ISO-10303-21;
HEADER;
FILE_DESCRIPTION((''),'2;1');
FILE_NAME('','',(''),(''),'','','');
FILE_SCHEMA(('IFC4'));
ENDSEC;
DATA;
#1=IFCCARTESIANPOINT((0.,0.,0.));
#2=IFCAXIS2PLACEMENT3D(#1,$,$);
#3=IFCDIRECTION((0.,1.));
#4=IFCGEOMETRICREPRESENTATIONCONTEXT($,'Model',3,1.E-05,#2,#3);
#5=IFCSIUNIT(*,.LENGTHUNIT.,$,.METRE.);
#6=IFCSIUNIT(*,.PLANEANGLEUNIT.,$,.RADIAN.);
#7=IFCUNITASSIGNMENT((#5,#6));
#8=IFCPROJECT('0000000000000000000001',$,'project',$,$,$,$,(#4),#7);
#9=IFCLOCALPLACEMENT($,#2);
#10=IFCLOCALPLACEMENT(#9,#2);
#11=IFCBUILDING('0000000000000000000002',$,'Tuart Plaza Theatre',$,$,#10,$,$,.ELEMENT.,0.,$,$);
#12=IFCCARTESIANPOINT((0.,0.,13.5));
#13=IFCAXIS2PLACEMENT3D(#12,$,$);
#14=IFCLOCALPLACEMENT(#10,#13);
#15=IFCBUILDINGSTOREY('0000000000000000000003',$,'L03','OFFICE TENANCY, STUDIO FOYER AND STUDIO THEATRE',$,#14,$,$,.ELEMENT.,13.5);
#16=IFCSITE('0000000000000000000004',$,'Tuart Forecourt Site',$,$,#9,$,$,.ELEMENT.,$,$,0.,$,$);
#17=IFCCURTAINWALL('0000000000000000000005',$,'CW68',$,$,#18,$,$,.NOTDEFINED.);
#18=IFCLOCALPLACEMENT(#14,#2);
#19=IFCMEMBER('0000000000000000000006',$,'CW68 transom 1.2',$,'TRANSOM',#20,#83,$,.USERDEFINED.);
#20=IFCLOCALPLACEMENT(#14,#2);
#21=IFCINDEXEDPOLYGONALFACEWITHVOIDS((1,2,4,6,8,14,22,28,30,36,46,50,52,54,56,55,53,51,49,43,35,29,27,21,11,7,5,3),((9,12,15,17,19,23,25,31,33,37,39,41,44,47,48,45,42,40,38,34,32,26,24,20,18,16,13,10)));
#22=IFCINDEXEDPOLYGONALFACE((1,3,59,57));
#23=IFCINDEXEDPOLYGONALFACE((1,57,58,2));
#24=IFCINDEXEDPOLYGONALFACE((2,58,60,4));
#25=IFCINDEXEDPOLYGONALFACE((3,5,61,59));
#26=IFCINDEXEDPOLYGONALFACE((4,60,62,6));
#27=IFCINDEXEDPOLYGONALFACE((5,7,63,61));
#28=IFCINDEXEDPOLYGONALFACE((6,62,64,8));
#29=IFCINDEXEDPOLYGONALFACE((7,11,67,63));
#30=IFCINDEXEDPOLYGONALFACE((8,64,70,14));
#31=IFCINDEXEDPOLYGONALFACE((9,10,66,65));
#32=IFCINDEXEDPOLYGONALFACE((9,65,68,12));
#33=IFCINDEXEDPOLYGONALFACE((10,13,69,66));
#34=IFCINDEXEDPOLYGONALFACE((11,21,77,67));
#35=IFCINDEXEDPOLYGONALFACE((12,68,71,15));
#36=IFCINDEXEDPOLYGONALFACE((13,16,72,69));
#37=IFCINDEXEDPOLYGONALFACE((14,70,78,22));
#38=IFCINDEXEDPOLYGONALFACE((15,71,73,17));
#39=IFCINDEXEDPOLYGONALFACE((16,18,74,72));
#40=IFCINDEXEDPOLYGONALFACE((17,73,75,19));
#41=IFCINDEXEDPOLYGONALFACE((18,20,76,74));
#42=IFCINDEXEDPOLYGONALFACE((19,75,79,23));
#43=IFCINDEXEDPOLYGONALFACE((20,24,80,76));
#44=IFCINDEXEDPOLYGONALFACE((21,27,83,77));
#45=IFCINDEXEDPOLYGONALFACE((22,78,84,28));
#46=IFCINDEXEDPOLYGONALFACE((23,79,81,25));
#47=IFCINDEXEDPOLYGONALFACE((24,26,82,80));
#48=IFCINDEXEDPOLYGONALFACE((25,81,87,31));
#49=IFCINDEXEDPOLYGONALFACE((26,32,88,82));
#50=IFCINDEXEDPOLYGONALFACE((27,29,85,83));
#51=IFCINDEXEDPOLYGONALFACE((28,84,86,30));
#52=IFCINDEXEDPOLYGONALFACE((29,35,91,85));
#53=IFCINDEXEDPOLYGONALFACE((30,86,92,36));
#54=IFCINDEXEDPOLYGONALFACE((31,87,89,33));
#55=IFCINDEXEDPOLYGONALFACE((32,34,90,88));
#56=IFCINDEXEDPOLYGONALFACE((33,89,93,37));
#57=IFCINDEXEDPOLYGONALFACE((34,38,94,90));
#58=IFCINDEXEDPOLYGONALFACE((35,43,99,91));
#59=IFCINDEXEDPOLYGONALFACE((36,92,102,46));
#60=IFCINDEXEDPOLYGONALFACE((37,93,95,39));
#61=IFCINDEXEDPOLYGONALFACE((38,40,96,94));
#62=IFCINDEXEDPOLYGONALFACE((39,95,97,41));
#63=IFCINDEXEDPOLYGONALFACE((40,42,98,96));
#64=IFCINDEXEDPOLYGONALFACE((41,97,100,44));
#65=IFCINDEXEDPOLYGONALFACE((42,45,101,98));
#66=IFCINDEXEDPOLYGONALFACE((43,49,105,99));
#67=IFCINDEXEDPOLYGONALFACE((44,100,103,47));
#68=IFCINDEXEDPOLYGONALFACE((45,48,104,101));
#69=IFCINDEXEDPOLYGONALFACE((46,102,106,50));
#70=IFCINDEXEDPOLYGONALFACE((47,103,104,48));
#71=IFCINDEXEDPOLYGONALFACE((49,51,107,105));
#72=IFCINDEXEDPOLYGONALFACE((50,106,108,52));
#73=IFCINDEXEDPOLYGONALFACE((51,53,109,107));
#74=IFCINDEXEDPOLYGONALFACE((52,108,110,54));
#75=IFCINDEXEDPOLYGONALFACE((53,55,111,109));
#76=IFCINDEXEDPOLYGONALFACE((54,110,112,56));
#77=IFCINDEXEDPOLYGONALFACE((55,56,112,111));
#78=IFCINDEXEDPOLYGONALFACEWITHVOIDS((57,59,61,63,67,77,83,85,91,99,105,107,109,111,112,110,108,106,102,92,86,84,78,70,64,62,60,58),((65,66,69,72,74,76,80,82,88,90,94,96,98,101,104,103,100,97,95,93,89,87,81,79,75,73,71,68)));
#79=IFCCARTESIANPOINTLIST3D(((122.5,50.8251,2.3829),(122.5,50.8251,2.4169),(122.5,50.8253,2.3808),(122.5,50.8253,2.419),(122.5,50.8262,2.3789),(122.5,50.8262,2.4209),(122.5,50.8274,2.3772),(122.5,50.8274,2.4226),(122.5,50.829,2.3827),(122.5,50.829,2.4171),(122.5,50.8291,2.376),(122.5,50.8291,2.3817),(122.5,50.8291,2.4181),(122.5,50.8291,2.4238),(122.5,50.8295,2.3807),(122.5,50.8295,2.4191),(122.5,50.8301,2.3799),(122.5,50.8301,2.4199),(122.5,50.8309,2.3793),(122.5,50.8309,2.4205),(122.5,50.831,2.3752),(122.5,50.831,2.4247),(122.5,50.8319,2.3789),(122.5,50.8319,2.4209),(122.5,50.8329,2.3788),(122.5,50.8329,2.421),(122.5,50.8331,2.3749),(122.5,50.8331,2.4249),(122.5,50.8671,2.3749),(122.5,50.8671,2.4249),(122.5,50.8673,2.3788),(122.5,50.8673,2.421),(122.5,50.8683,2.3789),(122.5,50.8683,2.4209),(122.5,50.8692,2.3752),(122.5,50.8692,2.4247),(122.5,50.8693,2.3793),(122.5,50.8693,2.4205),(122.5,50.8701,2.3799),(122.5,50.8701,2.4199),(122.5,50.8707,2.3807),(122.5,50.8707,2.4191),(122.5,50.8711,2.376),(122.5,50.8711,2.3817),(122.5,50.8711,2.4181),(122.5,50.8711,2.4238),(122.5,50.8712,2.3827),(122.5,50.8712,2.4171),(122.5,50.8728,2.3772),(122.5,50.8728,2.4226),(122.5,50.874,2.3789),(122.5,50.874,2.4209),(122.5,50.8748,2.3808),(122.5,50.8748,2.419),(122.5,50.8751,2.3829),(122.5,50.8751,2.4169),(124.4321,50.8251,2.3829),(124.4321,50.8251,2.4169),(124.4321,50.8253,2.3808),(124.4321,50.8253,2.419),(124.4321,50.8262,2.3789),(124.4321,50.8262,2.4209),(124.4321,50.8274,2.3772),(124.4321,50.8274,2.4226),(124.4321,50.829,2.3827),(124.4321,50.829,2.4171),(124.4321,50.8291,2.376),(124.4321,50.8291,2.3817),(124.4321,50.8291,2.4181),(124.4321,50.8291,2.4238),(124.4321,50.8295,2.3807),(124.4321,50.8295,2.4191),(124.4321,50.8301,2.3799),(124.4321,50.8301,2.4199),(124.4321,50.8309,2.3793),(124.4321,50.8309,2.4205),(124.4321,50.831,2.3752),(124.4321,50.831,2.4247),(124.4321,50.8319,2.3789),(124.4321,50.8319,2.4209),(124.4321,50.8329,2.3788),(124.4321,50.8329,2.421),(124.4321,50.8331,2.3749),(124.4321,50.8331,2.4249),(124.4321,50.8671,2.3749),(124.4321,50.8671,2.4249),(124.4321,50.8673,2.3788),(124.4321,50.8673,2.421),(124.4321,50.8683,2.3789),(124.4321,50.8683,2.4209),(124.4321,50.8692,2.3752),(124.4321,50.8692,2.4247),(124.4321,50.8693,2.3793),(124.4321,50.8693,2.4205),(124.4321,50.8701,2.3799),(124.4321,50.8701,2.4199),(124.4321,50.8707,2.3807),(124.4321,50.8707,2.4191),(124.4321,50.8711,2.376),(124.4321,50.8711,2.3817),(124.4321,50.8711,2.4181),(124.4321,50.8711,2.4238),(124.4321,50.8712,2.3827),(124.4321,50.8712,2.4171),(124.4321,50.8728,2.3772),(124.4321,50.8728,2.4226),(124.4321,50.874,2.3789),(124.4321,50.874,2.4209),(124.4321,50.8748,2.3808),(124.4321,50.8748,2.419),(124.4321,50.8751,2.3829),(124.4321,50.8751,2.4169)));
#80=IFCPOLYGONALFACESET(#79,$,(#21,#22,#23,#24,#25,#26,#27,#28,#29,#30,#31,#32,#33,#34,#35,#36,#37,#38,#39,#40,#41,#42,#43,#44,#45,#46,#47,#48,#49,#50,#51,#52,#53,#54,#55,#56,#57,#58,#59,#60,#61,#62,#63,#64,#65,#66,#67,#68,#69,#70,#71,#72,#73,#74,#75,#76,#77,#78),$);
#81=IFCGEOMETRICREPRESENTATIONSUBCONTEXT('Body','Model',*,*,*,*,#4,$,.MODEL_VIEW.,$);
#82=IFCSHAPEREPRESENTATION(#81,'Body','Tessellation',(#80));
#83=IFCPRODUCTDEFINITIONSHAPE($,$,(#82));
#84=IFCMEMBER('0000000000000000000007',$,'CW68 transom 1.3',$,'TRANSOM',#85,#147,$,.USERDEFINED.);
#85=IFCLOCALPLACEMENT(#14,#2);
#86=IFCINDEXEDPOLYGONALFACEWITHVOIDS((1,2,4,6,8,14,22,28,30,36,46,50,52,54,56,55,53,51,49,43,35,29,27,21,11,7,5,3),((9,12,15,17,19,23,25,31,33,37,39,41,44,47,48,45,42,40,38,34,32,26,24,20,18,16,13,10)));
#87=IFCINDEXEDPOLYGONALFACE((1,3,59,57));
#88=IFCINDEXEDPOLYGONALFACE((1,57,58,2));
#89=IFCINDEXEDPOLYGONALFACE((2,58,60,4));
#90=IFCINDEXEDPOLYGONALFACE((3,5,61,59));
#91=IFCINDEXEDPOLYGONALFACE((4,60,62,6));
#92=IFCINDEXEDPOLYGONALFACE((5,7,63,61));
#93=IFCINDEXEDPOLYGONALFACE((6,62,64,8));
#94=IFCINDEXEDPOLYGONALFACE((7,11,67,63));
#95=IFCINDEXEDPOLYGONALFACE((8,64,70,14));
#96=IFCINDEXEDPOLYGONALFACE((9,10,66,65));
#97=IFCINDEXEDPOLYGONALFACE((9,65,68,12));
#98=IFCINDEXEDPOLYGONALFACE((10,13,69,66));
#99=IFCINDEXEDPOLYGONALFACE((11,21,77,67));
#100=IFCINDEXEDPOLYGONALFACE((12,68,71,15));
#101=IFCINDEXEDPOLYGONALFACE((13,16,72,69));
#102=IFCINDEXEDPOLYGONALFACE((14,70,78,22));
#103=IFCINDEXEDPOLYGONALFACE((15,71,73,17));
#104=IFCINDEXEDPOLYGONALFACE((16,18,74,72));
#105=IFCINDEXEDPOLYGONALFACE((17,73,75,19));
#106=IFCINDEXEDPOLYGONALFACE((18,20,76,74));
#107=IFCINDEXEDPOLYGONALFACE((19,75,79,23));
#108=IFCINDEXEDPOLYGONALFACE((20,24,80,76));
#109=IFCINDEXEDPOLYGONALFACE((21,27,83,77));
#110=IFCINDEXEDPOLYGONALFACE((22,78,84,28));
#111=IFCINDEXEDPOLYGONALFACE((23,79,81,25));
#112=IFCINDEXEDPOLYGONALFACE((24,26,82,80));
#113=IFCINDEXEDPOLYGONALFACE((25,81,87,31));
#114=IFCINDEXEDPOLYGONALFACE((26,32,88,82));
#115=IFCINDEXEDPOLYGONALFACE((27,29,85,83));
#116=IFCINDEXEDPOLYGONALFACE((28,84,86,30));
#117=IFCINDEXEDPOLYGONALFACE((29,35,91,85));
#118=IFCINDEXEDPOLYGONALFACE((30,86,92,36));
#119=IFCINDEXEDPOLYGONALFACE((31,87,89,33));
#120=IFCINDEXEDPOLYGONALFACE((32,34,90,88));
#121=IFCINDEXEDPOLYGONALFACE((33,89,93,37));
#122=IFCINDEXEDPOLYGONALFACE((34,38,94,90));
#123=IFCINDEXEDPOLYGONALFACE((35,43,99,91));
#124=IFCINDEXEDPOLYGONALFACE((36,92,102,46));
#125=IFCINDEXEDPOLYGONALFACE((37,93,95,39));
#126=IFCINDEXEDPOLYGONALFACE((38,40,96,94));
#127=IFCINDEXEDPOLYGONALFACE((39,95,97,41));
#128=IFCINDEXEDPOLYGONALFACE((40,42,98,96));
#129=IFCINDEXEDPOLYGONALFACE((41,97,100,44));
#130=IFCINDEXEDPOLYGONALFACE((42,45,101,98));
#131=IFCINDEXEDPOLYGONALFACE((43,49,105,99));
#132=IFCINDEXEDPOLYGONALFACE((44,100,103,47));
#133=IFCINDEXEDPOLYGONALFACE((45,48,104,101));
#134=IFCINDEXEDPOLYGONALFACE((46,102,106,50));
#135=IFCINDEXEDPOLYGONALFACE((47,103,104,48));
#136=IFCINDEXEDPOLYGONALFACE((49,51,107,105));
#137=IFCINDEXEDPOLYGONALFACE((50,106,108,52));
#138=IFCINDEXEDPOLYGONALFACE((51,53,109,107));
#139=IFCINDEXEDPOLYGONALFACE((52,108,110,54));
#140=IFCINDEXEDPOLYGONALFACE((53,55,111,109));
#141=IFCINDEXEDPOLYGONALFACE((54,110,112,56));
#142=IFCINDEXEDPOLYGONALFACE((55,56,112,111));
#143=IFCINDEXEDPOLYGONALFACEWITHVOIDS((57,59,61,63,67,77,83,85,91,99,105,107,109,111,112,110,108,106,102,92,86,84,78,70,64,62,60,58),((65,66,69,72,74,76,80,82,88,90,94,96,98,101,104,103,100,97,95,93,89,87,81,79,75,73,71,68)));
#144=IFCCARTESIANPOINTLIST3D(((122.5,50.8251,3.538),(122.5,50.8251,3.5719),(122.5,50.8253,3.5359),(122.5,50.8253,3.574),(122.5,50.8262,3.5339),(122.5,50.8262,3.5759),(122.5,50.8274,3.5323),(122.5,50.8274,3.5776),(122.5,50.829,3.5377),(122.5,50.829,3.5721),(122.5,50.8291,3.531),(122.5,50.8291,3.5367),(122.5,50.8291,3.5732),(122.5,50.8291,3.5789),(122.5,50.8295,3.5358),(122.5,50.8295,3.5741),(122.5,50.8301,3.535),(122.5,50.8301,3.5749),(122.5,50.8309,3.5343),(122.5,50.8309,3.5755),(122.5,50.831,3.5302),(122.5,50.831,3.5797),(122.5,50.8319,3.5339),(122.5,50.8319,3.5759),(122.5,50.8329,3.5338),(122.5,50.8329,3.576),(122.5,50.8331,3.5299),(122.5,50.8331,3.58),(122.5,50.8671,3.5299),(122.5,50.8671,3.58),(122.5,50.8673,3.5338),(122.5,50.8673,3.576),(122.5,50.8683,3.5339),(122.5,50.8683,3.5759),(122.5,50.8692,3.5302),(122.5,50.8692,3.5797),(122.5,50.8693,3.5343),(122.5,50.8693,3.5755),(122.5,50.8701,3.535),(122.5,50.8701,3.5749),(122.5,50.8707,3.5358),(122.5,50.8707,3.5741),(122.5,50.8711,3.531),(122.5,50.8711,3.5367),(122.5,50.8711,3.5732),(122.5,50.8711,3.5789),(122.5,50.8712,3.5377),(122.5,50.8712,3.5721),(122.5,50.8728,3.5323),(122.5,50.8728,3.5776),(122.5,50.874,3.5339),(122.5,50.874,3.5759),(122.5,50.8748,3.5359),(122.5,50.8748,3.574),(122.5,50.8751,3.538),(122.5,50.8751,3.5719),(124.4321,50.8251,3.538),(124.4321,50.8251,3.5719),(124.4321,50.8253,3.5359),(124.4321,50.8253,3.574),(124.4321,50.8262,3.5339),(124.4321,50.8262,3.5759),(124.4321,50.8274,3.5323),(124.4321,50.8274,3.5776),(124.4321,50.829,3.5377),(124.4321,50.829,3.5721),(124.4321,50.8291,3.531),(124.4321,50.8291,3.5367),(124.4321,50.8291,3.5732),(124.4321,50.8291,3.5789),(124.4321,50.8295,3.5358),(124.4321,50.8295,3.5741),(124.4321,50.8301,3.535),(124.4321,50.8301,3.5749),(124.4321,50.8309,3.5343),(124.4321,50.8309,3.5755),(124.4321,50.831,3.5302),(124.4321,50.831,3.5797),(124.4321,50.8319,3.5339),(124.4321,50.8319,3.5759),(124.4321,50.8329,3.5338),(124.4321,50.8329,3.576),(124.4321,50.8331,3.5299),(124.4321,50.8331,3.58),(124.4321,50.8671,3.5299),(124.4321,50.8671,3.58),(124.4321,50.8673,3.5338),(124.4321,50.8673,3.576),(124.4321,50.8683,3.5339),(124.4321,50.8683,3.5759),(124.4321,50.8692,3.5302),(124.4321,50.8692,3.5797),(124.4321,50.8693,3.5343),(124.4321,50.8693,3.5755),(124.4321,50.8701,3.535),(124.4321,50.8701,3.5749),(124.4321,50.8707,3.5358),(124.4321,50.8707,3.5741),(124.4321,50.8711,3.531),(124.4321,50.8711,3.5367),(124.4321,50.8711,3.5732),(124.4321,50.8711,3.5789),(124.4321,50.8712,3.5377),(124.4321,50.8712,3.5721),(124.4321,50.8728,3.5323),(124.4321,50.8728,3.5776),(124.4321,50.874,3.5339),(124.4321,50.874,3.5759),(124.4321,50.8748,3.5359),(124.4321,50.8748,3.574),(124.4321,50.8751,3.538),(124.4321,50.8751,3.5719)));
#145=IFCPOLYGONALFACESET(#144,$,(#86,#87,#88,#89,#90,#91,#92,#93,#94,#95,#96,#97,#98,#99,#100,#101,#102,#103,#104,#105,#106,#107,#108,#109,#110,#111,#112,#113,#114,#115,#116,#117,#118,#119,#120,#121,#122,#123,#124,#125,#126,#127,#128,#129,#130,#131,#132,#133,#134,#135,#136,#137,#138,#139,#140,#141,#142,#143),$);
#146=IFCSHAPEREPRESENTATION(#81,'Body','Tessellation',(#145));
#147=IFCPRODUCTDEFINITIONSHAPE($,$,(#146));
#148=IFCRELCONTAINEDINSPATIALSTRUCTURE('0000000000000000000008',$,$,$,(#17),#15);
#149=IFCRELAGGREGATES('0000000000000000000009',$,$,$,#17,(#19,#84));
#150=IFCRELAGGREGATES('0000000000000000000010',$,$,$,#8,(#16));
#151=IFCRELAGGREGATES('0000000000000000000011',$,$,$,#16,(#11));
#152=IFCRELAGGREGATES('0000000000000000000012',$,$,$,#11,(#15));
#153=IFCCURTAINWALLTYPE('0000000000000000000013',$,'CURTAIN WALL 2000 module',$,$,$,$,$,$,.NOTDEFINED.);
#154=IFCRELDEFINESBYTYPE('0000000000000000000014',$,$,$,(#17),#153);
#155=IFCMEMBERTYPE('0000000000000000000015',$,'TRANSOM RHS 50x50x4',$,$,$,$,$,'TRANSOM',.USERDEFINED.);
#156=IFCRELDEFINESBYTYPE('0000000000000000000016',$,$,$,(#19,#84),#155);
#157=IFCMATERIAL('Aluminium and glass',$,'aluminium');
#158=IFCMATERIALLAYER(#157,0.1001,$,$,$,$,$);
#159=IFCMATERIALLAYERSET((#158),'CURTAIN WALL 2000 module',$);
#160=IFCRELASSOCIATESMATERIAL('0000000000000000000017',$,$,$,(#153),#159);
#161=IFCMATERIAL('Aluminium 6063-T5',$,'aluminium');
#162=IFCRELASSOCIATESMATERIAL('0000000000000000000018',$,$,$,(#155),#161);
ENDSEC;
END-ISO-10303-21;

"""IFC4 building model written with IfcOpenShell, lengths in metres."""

from ifc_helpers import new_model, si_unit, direction, frame, origin, origin_2d, place, context, subcontext, project, spatial, hollow_rectangle, extrude, material, layer, layer_set, material_profile, profile_set, type_object, element, aggregate, save


model = new_model("IFC4")

# Units and contexts
model_context = context("Model", 3, precision=1e-05, world=origin(), true_north=direction((0.0, 1.0)))
body_context = subcontext(model_context, "Body", "Model", "MODEL_VIEW")
ifc_project = project(units=[si_unit("LENGTHUNIT", "METRE"), si_unit("PLANEANGLEUNIT", "RADIAN")], contexts=[model_context])

# Site, building, storey
site_placement = place(None, origin())
site = spatial("IfcSite", under=ifc_project, at=site_placement, Name="Tuart Forecourt Site", CompositionType="ELEMENT", RefElevation=0.0)
building_placement = place(site_placement, origin())
building = spatial("IfcBuilding", under=site, at=building_placement, Name="Tuart Plaza Theatre", CompositionType="ELEMENT", ElevationOfRefHeight=0.0)
storey_placement = place(building_placement, frame((0.0, 0.0, 13.5)))
storey = spatial("IfcBuildingStorey", under=building, at=storey_placement, Name="L03", Description="OFFICE TENANCY, STUDIO FOYER AND STUDIO THEATRE", CompositionType="ELEMENT", Elevation=13.5)

# Curtain wall, members
ifc_material_1 = material(Name="Aluminium and glass", Category="aluminium")
ifc_layer_1 = layer(ifc_material_1, 0.1001)
ifc_layer_set_1 = layer_set([ifc_layer_1], Name="CURTAIN WALL 2000 module")
curtain_wall_type = type_object("IfcCurtainWallType", Name="CURTAIN WALL 2000 module", PredefinedType="NOTDEFINED", material=ifc_layer_set_1)
curtain_wall_placement = place(storey_placement, origin())
curtain_wall = element("IfcCurtainWall", 1, at=curtain_wall_placement, inside=storey, type_object=curtain_wall_type, Name="CW68", PredefinedType="NOTDEFINED")
ifc_material_2 = material(Name="Aluminium 6063-T5", Category="aluminium")
ifc_material_profile_1 = material_profile(ifc_material_2, hollow_rectangle(XDim=0.05, YDim=0.05, WallThickness=0.0039, InnerFilletRadius=0.0039, OuterFilletRadius=0.0081, at=origin_2d()), Name="RHS 50x50x4")
ifc_profile_set_1 = profile_set([ifc_material_profile_1], Name="Aluminium 6063-T5")
member_type_1 = type_object("IfcMemberType", Name="TRANSOM RHS 50x50x4", ElementType="TRANSOM", PredefinedType="USERDEFINED", material=ifc_profile_set_1)
member_1_placement = place(storey_placement, frame((122.5, 50.8501, 2.3999), z_axis=(1.0, 0.0, 0.0), x_axis=(0.0, 1.0, 0.0)))
member_1 = element("IfcMember", 2, at=member_1_placement, type_object=member_type_1, Name="CW68 transom 1.2", ObjectType="TRANSOM", PredefinedType="USERDEFINED", context=body_context, shape_type="SweptSolid", body=[
    extrude(hollow_rectangle(XDim=0.05, YDim=0.05, WallThickness=0.0039, InnerFilletRadius=0.0039, OuterFilletRadius=0.0081, at=origin_2d()), origin(), (0.0, 0.0, 1.0), 1.9321),
])
member_2_placement = place(storey_placement, frame((122.5, 50.8501, 3.5549), z_axis=(1.0, 0.0, 0.0), x_axis=(0.0, 1.0, 0.0)))
member_2 = element("IfcMember", 3, at=member_2_placement, type_object=member_type_1, Name="CW68 transom 1.3", ObjectType="TRANSOM", PredefinedType="USERDEFINED", context=body_context, shape_type="SweptSolid", body=[
    extrude(hollow_rectangle(XDim=0.05, YDim=0.05, WallThickness=0.0039, InnerFilletRadius=0.0039, OuterFilletRadius=0.0081, at=origin_2d()), origin(), (0.0, 0.0, 1.0), 1.9321),
])
aggregate(curtain_wall, [member_1, member_2])

save(model, "model.ifc")
